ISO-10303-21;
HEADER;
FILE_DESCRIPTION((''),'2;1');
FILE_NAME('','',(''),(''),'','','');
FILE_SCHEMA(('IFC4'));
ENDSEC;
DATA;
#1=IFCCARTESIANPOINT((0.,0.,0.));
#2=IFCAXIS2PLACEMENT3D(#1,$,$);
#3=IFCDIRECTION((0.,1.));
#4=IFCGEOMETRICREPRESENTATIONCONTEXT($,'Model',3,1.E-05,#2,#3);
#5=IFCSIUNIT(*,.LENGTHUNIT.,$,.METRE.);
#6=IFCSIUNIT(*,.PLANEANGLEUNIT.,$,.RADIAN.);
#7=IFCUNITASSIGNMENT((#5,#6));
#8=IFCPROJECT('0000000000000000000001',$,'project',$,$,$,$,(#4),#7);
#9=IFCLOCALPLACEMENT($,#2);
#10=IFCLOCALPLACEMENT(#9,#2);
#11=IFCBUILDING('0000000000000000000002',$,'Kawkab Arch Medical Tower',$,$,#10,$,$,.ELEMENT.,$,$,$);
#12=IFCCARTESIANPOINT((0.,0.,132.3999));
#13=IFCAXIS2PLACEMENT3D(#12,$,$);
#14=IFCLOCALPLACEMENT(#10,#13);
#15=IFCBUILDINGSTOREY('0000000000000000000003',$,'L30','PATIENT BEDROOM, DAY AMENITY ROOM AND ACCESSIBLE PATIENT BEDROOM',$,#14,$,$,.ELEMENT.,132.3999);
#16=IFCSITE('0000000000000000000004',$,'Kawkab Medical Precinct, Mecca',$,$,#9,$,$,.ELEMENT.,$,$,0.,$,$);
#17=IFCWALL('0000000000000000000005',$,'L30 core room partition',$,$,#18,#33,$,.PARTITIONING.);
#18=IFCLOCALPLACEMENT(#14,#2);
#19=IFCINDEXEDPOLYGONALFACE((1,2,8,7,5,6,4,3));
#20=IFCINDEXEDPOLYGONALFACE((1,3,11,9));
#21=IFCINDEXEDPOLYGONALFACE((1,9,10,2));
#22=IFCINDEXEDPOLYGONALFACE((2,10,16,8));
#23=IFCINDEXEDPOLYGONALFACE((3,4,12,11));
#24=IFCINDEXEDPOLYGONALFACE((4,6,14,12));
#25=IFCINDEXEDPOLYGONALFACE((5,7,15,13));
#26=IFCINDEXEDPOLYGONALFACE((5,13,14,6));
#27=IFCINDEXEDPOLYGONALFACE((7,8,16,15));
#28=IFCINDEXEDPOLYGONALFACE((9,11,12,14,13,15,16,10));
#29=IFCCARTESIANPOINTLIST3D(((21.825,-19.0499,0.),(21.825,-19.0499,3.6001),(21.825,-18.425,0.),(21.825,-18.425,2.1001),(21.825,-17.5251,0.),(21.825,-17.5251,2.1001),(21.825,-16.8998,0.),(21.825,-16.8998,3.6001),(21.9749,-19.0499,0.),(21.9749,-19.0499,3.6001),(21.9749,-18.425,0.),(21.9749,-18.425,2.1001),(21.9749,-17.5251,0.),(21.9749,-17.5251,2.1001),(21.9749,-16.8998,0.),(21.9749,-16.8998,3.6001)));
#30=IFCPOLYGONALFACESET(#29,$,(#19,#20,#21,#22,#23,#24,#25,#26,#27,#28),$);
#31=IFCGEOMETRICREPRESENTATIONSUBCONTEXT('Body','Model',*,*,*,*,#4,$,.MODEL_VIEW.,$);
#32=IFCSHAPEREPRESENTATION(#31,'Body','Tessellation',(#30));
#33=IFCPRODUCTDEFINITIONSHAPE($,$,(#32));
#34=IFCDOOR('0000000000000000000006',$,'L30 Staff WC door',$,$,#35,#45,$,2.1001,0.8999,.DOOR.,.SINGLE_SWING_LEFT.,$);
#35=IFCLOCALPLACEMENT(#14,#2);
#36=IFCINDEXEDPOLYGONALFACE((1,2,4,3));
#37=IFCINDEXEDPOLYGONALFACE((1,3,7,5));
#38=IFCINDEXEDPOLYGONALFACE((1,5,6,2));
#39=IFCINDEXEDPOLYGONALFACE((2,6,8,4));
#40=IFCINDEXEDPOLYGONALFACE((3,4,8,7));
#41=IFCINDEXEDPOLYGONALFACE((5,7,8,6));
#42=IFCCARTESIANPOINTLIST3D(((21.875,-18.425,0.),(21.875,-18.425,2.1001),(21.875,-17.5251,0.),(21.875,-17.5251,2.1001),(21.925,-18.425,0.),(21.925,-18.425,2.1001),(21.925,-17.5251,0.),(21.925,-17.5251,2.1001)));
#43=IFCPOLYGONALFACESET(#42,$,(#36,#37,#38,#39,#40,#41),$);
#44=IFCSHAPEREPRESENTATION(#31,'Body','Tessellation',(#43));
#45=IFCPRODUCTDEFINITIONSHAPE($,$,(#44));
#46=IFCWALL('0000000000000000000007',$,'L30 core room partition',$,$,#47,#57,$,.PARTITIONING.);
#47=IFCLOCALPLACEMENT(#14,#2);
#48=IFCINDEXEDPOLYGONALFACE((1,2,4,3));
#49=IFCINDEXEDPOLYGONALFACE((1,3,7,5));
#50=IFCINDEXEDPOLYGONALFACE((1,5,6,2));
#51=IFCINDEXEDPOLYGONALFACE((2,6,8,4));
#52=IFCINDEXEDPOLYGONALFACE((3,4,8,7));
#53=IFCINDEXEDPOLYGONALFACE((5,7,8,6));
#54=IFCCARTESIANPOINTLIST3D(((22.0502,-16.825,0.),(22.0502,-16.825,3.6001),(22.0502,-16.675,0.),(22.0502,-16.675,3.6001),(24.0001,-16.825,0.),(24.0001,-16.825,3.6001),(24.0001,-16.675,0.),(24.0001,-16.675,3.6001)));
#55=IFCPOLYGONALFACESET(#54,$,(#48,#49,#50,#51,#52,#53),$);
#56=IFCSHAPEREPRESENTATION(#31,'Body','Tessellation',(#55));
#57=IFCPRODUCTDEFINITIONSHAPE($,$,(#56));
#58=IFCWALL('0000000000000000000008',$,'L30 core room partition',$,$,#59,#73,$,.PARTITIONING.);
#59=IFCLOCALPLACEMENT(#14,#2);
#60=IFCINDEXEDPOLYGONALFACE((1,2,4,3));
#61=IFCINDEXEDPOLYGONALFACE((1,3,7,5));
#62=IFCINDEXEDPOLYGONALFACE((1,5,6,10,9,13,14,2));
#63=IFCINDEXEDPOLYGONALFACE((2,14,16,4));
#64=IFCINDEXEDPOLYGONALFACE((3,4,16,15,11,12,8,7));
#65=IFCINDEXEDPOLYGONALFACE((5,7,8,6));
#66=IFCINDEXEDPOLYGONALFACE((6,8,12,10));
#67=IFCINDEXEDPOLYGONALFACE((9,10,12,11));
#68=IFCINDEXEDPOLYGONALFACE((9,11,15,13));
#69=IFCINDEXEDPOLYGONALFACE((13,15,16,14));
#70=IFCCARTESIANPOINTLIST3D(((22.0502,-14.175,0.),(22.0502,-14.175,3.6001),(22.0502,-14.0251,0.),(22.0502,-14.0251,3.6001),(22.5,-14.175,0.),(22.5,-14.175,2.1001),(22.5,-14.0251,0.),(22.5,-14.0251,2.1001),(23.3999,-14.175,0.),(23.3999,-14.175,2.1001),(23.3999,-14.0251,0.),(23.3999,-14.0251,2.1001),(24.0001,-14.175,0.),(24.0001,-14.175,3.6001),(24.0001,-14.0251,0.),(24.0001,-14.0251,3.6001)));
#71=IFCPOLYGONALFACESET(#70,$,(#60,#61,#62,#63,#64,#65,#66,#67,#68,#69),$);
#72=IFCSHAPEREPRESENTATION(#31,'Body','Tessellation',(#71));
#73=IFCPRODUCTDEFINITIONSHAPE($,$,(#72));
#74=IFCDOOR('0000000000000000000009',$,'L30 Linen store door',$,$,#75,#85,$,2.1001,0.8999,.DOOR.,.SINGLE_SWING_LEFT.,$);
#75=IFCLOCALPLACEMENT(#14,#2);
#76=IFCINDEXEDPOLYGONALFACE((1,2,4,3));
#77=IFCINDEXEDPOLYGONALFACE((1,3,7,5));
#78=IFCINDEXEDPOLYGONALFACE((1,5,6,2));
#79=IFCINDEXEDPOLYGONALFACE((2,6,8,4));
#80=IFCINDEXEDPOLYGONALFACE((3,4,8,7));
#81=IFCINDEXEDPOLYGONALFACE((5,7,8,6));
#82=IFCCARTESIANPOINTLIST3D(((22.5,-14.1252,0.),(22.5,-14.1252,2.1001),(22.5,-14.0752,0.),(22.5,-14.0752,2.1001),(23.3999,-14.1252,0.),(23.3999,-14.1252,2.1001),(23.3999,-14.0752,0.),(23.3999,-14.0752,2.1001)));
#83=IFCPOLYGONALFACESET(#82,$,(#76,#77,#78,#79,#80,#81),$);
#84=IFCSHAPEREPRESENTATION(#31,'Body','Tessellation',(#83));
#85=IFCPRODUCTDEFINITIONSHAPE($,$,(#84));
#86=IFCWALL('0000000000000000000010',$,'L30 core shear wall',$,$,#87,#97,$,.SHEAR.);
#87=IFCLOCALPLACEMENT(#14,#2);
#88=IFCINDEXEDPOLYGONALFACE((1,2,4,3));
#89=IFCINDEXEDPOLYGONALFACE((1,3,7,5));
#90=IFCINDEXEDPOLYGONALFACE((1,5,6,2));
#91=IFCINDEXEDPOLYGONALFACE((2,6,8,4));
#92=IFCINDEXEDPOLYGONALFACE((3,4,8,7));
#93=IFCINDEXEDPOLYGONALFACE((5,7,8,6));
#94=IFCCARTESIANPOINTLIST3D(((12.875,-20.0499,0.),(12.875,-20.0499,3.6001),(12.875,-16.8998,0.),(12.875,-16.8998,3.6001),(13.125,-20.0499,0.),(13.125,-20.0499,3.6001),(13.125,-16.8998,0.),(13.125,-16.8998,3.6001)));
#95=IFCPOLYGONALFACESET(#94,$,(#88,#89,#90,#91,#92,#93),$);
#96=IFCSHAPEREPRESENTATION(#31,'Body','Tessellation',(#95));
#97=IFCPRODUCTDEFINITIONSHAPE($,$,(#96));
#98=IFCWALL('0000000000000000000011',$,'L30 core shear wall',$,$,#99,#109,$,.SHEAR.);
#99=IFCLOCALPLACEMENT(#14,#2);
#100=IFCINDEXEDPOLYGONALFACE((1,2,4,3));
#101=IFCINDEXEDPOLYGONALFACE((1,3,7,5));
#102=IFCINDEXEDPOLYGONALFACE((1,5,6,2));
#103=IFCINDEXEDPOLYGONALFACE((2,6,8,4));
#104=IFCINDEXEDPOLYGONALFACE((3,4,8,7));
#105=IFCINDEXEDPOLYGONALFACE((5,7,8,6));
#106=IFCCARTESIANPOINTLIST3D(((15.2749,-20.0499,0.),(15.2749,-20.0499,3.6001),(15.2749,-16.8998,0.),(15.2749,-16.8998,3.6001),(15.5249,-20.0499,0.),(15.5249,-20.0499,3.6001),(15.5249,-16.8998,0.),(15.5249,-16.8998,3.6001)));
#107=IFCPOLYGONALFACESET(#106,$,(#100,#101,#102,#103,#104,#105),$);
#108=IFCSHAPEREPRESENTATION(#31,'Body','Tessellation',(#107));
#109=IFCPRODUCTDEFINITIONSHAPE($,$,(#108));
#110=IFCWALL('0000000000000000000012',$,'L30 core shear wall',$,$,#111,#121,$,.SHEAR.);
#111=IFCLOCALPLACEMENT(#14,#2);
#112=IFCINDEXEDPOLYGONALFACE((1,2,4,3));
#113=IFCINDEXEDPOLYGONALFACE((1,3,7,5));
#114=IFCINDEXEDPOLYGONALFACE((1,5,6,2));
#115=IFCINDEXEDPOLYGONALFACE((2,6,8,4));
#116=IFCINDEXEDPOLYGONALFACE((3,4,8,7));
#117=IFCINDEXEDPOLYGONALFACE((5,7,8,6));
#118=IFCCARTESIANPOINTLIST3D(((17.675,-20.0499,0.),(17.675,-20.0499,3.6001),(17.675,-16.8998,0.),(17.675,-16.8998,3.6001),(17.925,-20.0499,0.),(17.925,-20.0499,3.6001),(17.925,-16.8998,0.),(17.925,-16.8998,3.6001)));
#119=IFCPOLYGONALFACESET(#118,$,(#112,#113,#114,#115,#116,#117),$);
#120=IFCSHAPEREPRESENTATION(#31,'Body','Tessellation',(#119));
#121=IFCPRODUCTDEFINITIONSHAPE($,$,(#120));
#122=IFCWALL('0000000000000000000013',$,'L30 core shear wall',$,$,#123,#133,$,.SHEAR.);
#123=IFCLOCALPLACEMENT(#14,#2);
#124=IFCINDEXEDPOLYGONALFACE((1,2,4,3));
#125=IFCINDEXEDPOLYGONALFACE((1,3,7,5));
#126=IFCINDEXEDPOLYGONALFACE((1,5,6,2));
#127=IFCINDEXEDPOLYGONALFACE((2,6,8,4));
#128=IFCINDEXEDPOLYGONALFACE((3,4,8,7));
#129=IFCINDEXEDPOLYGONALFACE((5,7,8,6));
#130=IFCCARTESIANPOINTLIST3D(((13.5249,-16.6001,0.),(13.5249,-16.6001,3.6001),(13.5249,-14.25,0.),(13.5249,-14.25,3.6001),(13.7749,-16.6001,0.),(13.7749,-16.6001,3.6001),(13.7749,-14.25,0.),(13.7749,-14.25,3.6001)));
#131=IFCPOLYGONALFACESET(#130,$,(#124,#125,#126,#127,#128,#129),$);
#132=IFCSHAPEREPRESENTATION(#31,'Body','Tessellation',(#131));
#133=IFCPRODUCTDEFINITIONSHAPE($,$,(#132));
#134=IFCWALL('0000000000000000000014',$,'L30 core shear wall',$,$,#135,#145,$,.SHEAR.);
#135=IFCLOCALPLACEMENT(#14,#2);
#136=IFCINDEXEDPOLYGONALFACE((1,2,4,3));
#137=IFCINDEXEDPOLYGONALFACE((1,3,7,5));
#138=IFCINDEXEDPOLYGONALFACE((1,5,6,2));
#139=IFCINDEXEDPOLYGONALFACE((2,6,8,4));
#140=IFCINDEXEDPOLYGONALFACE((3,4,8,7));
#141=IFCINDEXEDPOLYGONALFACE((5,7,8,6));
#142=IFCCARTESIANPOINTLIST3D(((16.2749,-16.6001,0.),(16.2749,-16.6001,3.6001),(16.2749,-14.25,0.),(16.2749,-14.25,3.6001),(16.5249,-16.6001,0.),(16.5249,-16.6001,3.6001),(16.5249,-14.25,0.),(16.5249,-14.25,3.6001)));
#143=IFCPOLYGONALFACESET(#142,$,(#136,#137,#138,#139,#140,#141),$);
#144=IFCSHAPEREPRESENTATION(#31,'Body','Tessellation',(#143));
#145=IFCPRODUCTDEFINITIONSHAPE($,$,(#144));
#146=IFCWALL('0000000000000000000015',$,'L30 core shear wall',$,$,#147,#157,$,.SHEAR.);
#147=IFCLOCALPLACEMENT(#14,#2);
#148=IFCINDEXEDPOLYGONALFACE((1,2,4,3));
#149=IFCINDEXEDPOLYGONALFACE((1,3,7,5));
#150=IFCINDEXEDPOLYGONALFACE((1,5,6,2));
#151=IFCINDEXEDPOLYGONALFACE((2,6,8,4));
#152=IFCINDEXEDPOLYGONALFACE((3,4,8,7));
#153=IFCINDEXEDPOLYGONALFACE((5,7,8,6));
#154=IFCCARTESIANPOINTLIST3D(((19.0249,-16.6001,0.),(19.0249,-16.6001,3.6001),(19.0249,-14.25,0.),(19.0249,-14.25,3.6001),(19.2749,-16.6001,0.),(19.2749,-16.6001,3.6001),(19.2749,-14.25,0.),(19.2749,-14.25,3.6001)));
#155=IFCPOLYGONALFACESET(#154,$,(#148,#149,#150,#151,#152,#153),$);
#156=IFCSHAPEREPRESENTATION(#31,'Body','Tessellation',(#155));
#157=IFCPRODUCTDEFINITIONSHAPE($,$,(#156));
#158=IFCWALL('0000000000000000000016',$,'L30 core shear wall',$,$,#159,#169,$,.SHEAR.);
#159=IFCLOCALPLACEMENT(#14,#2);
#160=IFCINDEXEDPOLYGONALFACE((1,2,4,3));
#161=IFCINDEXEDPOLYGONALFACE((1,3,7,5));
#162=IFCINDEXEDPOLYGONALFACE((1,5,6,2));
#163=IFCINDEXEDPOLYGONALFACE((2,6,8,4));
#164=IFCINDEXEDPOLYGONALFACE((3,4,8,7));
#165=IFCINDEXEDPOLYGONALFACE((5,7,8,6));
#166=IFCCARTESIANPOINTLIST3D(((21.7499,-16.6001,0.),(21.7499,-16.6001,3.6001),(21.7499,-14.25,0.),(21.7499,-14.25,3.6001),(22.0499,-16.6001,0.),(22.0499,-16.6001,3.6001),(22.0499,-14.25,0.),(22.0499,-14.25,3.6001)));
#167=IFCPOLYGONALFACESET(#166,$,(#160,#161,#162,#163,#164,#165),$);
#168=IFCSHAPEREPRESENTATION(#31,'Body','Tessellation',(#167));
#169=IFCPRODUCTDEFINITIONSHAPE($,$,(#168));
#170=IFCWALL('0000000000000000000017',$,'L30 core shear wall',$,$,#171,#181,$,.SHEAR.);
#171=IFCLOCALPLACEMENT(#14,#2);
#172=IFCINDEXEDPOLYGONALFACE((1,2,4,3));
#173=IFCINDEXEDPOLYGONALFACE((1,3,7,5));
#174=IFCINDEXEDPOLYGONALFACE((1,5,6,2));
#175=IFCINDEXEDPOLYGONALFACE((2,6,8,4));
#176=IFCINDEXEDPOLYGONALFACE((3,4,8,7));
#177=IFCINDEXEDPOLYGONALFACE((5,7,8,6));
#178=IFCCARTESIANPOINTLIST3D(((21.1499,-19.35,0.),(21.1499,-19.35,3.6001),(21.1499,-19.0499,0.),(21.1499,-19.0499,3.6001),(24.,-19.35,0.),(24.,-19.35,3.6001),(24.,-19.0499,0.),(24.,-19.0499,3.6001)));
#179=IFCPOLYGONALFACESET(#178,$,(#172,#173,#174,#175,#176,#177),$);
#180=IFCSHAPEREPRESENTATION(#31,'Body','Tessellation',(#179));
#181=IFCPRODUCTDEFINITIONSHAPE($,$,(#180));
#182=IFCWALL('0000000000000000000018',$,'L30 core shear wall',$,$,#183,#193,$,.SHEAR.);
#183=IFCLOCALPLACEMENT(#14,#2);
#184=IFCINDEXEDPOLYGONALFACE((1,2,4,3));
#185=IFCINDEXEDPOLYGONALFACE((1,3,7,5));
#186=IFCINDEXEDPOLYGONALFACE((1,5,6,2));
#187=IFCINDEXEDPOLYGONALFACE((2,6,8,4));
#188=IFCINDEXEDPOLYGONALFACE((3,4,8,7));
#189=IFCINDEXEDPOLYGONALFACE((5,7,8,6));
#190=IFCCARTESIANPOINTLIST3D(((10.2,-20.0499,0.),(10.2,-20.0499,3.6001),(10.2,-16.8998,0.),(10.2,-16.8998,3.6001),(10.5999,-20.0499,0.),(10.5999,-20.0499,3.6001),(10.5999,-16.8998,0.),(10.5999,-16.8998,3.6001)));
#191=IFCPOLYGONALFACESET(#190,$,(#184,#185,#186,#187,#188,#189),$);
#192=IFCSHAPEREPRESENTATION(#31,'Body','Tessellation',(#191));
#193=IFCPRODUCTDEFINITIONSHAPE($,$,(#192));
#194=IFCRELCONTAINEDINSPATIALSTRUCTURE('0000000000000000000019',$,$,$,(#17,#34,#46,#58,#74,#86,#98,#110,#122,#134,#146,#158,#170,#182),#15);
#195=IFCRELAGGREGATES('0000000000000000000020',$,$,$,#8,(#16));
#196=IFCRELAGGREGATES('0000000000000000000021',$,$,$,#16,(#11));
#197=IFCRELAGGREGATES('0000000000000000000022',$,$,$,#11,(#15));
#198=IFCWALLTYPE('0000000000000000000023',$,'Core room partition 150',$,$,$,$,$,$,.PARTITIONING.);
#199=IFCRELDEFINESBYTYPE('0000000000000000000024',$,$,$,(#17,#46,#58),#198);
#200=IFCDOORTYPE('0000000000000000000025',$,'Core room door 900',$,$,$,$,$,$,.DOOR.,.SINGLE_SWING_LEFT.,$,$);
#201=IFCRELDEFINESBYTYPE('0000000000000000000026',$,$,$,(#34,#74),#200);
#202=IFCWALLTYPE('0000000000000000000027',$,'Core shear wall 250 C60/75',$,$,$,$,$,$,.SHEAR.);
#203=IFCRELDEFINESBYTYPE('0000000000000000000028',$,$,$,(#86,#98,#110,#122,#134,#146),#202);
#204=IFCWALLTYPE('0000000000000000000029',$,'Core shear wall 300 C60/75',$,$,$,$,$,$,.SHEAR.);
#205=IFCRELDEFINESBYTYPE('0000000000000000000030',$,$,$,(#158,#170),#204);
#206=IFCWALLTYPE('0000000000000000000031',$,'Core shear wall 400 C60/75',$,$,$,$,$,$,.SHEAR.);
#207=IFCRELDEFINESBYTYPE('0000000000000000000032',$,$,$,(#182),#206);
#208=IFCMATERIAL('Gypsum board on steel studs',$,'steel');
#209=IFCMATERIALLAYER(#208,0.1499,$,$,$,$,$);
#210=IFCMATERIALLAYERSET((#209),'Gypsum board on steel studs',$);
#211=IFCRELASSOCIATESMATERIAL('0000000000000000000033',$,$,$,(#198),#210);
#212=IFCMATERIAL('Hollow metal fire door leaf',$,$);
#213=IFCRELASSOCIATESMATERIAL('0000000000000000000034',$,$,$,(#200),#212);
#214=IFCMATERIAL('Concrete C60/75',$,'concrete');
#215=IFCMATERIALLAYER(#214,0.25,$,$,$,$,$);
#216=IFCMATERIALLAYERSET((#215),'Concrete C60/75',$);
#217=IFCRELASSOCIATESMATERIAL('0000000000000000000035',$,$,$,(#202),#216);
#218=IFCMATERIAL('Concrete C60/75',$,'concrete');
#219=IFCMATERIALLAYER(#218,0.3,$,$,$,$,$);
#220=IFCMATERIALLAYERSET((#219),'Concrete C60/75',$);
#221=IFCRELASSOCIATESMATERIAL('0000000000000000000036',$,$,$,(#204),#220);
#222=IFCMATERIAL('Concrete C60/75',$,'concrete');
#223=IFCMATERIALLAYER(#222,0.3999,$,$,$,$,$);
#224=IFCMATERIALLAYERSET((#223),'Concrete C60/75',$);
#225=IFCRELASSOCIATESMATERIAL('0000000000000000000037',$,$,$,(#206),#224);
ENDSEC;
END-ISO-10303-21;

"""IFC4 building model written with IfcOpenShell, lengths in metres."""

from ifc_helpers import new_model, si_unit, direction, frame, frame_2d, origin, place, context, subcontext, project, spatial, rectangle, extrude, material, layer, layer_set, type_object, element, fill, save


model = new_model("IFC4")

# Units and contexts
model_context = context("Model", 3, precision=1e-05, world=origin(), true_north=direction((0.0, 1.0)))
body_context = subcontext(model_context, "Body", "Model", "MODEL_VIEW")
ifc_project = project(units=[si_unit("LENGTHUNIT", "METRE"), si_unit("PLANEANGLEUNIT", "RADIAN")], contexts=[model_context])

# Site, building, storey
site_placement = place(None, origin())
site = spatial("IfcSite", under=ifc_project, at=site_placement, Name="Kawkab Medical Precinct, Mecca", CompositionType="ELEMENT", RefElevation=0.0)
building_placement = place(site_placement, origin())
building = spatial("IfcBuilding", under=site, at=building_placement, Name="Kawkab Arch Medical Tower", CompositionType="ELEMENT")
storey_placement = place(building_placement, frame((0.0, 0.0, 132.3999)))
storey = spatial("IfcBuildingStorey", under=building, at=storey_placement, Name="L30", Description="PATIENT BEDROOM, DAY AMENITY ROOM AND ACCESSIBLE PATIENT BEDROOM", CompositionType="ELEMENT", Elevation=132.3999)

# Wall, opening, door
ifc_material_1 = material(Name="Gypsum board on steel studs", Category="steel")
ifc_layer_1 = layer(ifc_material_1, 0.1499)
ifc_layer_set_1 = layer_set([ifc_layer_1], Name="Gypsum board on steel studs")
wall_type_1 = type_object("IfcWallType", Name="Core room partition 150", PredefinedType="PARTITIONING", material=ifc_layer_set_1)
wall_1_placement = place(storey_placement, frame((21.8999, -19.05, 0.0), z_axis=(0.0, 0.0, 1.0), x_axis=(0.0, 1.0, 0.0)))
wall_1 = element("IfcWall", 1, at=wall_1_placement, inside=storey, type_object=wall_type_1, Name="L30 core room partition", PredefinedType="PARTITIONING", context=body_context, shape_type="SweptSolid", body=[
    extrude(rectangle(XDim=2.1501, YDim=0.1499, at=frame_2d((1.0752, 0.0))), origin(), (0.0, 0.0, 1.0), 3.6001),
])
opening_1_placement = place(wall_1_placement, frame((0.625, 0.0, 0.0)))
opening_1 = element("IfcOpeningElement", 2, at=opening_1_placement, cuts=wall_1, PredefinedType="OPENING", context=body_context, shape_type="SweptSolid", body=[
    extrude(rectangle(XDim=0.8999, YDim=2.1001, at=frame_2d((0.45, 1.05))), frame((0.0, 0.085, 0.0), z_axis=(0.0, -1.0, 0.0), x_axis=(1.0, 0.0, 0.0)), (0.0, 0.0, 1.0), 0.1699),
])
ifc_material_2 = material(Name="Hollow metal fire door leaf")
door_type = type_object("IfcDoorType", Name="Core room door 900", OperationType="SINGLE_SWING_LEFT", PredefinedType="DOOR", material=ifc_material_2)
door_1_placement = place(opening_1_placement, origin())
door_1 = element("IfcDoor", 3, at=door_1_placement, inside=storey, type_object=door_type, Name="L30 Staff WC door", OperationType="SINGLE_SWING_LEFT", OverallHeight=2.1001, OverallWidth=0.8999, PredefinedType="DOOR", context=body_context, shape_type="SweptSolid", body=[
    extrude(rectangle(XDim=0.8999, YDim=2.1001, at=frame_2d((0.45, 1.05))), frame((0.0, 0.0249, 0.0), z_axis=(0.0, -1.0, 0.0), x_axis=(1.0, 0.0, 0.0)), (0.0, 0.0, 1.0), 0.05),
])
fill(opening_1, door_1)

# Wall
wall_2_placement = place(storey_placement, frame((22.05, -16.75, 0.0), z_axis=(0.0, 0.0, 1.0), x_axis=(1.0, 0.0, 0.0)))
element("IfcWall", 4, at=wall_2_placement, inside=storey, type_object=wall_type_1, Name="L30 core room partition", PredefinedType="PARTITIONING", context=body_context, shape_type="SweptSolid", body=[
    extrude(rectangle(XDim=1.95, YDim=0.1499, at=frame_2d((0.9751, 0.0))), origin(), (0.0, 0.0, 1.0), 3.6001),
])

# Wall, opening, door
wall_3_placement = place(storey_placement, frame((22.05, -14.1001, 0.0), z_axis=(0.0, 0.0, 1.0), x_axis=(1.0, 0.0, 0.0)))
wall_3 = element("IfcWall", 5, at=wall_3_placement, inside=storey, type_object=wall_type_1, Name="L30 core room partition", PredefinedType="PARTITIONING", context=body_context, shape_type="SweptSolid", body=[
    extrude(rectangle(XDim=1.95, YDim=0.1499, at=frame_2d((0.9751, 0.0))), origin(), (0.0, 0.0, 1.0), 3.6001),
])
opening_2_placement = place(wall_3_placement, frame((0.45, 0.0, 0.0)))
opening_2 = element("IfcOpeningElement", 6, at=opening_2_placement, cuts=wall_3, PredefinedType="OPENING", context=body_context, shape_type="SweptSolid", body=[
    extrude(rectangle(XDim=0.8999, YDim=2.1001, at=frame_2d((0.45, 1.05))), frame((0.0, 0.085, 0.0), z_axis=(0.0, -1.0, 0.0), x_axis=(1.0, 0.0, 0.0)), (0.0, 0.0, 1.0), 0.1699),
])
door_2_placement = place(opening_2_placement, origin())
door_2 = element("IfcDoor", 7, at=door_2_placement, inside=storey, type_object=door_type, Name="L30 Linen store door", OperationType="SINGLE_SWING_LEFT", OverallHeight=2.1001, OverallWidth=0.8999, PredefinedType="DOOR", context=body_context, shape_type="SweptSolid", body=[
    extrude(rectangle(XDim=0.8999, YDim=2.1001, at=frame_2d((0.45, 1.05))), frame((0.0, 0.0249, 0.0), z_axis=(0.0, -1.0, 0.0), x_axis=(1.0, 0.0, 0.0)), (0.0, 0.0, 1.0), 0.05),
])
fill(opening_2, door_2)

# Walls
ifc_material_3 = material(Name="Concrete C60/75", Category="concrete")
ifc_layer_2 = layer(ifc_material_3, 0.25)
ifc_layer_set_2 = layer_set([ifc_layer_2], Name="Concrete C60/75")
wall_type_2 = type_object("IfcWallType", Name="Core shear wall 250 C60/75", PredefinedType="SHEAR", material=ifc_layer_set_2)
for number, where, z_axis, x_axis, name in (
    (8, (13.0, -20.05, 0.0), (0.0, 0.0, 1.0), (0.0, 1.0, 0.0), "L30 core shear wall"),
    (9, (15.3999, -20.05, 0.0), (0.0, 0.0, 1.0), (0.0, 1.0, 0.0), "L30 core shear wall"),
    (10, (17.8, -20.05, 0.0), (0.0, 0.0, 1.0), (0.0, 1.0, 0.0), "L30 core shear wall"),
):
    element("IfcWall", number, at=place(storey_placement, frame(where, z_axis=z_axis, x_axis=x_axis)), inside=storey, type_object=wall_type_2, Name=name, PredefinedType="SHEAR", context=body_context, shape_type="SweptSolid", body=[
        extrude(rectangle(XDim=3.1501, YDim=0.25, at=frame_2d((1.5752, 0.0))), origin(), (0.0, 0.0, 1.0), 3.6001),
    ])
for number, where, z_axis, x_axis, name in (
    (11, (13.6499, -16.6001, 0.0), (0.0, 0.0, 1.0), (0.0, 1.0, 0.0), "L30 core shear wall"),
    (12, (16.3999, -16.6001, 0.0), (0.0, 0.0, 1.0), (0.0, 1.0, 0.0), "L30 core shear wall"),
    (13, (19.1499, -16.6001, 0.0), (0.0, 0.0, 1.0), (0.0, 1.0, 0.0), "L30 core shear wall"),
):
    element("IfcWall", number, at=place(storey_placement, frame(where, z_axis=z_axis, x_axis=x_axis)), inside=storey, type_object=wall_type_2, Name=name, PredefinedType="SHEAR", context=body_context, shape_type="SweptSolid", body=[
        extrude(rectangle(XDim=2.3501, YDim=0.25, at=frame_2d((1.175, 0.0))), origin(), (0.0, 0.0, 1.0), 3.6001),
    ])
ifc_material_4 = material(Name="Concrete C60/75", Category="concrete")
ifc_layer_3 = layer(ifc_material_4, 0.3)
ifc_layer_set_3 = layer_set([ifc_layer_3], Name="Concrete C60/75")
wall_type_3 = type_object("IfcWallType", Name="Core shear wall 300 C60/75", PredefinedType="SHEAR", material=ifc_layer_set_3)
wall_4_placement = place(storey_placement, frame((21.8999, -16.6001, 0.0), z_axis=(0.0, 0.0, 1.0), x_axis=(0.0, 1.0, 0.0)))
element("IfcWall", 14, at=wall_4_placement, inside=storey, type_object=wall_type_3, Name="L30 core shear wall", PredefinedType="SHEAR", context=body_context, shape_type="SweptSolid", body=[
    extrude(rectangle(XDim=2.3501, YDim=0.3, at=frame_2d((1.175, 0.0))), origin(), (0.0, 0.0, 1.0), 3.6001),
])
wall_5_placement = place(storey_placement, frame((21.1499, -19.2, 0.0), z_axis=(0.0, 0.0, 1.0), x_axis=(1.0, 0.0, 0.0)))
element("IfcWall", 15, at=wall_5_placement, inside=storey, type_object=wall_type_3, Name="L30 core shear wall", PredefinedType="SHEAR", context=body_context, shape_type="SweptSolid", body=[
    extrude(rectangle(XDim=2.8501, YDim=0.3, at=frame_2d((1.425, 0.0))), origin(), (0.0, 0.0, 1.0), 3.6001),
])
ifc_material_5 = material(Name="Concrete C60/75", Category="concrete")
ifc_layer_4 = layer(ifc_material_5, 0.3999)
ifc_layer_set_4 = layer_set([ifc_layer_4], Name="Concrete C60/75")
wall_type_4 = type_object("IfcWallType", Name="Core shear wall 400 C60/75", PredefinedType="SHEAR", material=ifc_layer_set_4)
wall_6_placement = place(storey_placement, frame((10.3999, -20.05, 0.0), z_axis=(0.0, 0.0, 1.0), x_axis=(0.0, 1.0, 0.0)))
element("IfcWall", 16, at=wall_6_placement, inside=storey, type_object=wall_type_4, Name="L30 core shear wall", PredefinedType="SHEAR", context=body_context, shape_type="SweptSolid", body=[
    extrude(rectangle(XDim=3.1501, YDim=0.3999, at=frame_2d((1.5752, 0.0))), origin(), (0.0, 0.0, 1.0), 3.6001),
])

save(model, "model.ifc")
